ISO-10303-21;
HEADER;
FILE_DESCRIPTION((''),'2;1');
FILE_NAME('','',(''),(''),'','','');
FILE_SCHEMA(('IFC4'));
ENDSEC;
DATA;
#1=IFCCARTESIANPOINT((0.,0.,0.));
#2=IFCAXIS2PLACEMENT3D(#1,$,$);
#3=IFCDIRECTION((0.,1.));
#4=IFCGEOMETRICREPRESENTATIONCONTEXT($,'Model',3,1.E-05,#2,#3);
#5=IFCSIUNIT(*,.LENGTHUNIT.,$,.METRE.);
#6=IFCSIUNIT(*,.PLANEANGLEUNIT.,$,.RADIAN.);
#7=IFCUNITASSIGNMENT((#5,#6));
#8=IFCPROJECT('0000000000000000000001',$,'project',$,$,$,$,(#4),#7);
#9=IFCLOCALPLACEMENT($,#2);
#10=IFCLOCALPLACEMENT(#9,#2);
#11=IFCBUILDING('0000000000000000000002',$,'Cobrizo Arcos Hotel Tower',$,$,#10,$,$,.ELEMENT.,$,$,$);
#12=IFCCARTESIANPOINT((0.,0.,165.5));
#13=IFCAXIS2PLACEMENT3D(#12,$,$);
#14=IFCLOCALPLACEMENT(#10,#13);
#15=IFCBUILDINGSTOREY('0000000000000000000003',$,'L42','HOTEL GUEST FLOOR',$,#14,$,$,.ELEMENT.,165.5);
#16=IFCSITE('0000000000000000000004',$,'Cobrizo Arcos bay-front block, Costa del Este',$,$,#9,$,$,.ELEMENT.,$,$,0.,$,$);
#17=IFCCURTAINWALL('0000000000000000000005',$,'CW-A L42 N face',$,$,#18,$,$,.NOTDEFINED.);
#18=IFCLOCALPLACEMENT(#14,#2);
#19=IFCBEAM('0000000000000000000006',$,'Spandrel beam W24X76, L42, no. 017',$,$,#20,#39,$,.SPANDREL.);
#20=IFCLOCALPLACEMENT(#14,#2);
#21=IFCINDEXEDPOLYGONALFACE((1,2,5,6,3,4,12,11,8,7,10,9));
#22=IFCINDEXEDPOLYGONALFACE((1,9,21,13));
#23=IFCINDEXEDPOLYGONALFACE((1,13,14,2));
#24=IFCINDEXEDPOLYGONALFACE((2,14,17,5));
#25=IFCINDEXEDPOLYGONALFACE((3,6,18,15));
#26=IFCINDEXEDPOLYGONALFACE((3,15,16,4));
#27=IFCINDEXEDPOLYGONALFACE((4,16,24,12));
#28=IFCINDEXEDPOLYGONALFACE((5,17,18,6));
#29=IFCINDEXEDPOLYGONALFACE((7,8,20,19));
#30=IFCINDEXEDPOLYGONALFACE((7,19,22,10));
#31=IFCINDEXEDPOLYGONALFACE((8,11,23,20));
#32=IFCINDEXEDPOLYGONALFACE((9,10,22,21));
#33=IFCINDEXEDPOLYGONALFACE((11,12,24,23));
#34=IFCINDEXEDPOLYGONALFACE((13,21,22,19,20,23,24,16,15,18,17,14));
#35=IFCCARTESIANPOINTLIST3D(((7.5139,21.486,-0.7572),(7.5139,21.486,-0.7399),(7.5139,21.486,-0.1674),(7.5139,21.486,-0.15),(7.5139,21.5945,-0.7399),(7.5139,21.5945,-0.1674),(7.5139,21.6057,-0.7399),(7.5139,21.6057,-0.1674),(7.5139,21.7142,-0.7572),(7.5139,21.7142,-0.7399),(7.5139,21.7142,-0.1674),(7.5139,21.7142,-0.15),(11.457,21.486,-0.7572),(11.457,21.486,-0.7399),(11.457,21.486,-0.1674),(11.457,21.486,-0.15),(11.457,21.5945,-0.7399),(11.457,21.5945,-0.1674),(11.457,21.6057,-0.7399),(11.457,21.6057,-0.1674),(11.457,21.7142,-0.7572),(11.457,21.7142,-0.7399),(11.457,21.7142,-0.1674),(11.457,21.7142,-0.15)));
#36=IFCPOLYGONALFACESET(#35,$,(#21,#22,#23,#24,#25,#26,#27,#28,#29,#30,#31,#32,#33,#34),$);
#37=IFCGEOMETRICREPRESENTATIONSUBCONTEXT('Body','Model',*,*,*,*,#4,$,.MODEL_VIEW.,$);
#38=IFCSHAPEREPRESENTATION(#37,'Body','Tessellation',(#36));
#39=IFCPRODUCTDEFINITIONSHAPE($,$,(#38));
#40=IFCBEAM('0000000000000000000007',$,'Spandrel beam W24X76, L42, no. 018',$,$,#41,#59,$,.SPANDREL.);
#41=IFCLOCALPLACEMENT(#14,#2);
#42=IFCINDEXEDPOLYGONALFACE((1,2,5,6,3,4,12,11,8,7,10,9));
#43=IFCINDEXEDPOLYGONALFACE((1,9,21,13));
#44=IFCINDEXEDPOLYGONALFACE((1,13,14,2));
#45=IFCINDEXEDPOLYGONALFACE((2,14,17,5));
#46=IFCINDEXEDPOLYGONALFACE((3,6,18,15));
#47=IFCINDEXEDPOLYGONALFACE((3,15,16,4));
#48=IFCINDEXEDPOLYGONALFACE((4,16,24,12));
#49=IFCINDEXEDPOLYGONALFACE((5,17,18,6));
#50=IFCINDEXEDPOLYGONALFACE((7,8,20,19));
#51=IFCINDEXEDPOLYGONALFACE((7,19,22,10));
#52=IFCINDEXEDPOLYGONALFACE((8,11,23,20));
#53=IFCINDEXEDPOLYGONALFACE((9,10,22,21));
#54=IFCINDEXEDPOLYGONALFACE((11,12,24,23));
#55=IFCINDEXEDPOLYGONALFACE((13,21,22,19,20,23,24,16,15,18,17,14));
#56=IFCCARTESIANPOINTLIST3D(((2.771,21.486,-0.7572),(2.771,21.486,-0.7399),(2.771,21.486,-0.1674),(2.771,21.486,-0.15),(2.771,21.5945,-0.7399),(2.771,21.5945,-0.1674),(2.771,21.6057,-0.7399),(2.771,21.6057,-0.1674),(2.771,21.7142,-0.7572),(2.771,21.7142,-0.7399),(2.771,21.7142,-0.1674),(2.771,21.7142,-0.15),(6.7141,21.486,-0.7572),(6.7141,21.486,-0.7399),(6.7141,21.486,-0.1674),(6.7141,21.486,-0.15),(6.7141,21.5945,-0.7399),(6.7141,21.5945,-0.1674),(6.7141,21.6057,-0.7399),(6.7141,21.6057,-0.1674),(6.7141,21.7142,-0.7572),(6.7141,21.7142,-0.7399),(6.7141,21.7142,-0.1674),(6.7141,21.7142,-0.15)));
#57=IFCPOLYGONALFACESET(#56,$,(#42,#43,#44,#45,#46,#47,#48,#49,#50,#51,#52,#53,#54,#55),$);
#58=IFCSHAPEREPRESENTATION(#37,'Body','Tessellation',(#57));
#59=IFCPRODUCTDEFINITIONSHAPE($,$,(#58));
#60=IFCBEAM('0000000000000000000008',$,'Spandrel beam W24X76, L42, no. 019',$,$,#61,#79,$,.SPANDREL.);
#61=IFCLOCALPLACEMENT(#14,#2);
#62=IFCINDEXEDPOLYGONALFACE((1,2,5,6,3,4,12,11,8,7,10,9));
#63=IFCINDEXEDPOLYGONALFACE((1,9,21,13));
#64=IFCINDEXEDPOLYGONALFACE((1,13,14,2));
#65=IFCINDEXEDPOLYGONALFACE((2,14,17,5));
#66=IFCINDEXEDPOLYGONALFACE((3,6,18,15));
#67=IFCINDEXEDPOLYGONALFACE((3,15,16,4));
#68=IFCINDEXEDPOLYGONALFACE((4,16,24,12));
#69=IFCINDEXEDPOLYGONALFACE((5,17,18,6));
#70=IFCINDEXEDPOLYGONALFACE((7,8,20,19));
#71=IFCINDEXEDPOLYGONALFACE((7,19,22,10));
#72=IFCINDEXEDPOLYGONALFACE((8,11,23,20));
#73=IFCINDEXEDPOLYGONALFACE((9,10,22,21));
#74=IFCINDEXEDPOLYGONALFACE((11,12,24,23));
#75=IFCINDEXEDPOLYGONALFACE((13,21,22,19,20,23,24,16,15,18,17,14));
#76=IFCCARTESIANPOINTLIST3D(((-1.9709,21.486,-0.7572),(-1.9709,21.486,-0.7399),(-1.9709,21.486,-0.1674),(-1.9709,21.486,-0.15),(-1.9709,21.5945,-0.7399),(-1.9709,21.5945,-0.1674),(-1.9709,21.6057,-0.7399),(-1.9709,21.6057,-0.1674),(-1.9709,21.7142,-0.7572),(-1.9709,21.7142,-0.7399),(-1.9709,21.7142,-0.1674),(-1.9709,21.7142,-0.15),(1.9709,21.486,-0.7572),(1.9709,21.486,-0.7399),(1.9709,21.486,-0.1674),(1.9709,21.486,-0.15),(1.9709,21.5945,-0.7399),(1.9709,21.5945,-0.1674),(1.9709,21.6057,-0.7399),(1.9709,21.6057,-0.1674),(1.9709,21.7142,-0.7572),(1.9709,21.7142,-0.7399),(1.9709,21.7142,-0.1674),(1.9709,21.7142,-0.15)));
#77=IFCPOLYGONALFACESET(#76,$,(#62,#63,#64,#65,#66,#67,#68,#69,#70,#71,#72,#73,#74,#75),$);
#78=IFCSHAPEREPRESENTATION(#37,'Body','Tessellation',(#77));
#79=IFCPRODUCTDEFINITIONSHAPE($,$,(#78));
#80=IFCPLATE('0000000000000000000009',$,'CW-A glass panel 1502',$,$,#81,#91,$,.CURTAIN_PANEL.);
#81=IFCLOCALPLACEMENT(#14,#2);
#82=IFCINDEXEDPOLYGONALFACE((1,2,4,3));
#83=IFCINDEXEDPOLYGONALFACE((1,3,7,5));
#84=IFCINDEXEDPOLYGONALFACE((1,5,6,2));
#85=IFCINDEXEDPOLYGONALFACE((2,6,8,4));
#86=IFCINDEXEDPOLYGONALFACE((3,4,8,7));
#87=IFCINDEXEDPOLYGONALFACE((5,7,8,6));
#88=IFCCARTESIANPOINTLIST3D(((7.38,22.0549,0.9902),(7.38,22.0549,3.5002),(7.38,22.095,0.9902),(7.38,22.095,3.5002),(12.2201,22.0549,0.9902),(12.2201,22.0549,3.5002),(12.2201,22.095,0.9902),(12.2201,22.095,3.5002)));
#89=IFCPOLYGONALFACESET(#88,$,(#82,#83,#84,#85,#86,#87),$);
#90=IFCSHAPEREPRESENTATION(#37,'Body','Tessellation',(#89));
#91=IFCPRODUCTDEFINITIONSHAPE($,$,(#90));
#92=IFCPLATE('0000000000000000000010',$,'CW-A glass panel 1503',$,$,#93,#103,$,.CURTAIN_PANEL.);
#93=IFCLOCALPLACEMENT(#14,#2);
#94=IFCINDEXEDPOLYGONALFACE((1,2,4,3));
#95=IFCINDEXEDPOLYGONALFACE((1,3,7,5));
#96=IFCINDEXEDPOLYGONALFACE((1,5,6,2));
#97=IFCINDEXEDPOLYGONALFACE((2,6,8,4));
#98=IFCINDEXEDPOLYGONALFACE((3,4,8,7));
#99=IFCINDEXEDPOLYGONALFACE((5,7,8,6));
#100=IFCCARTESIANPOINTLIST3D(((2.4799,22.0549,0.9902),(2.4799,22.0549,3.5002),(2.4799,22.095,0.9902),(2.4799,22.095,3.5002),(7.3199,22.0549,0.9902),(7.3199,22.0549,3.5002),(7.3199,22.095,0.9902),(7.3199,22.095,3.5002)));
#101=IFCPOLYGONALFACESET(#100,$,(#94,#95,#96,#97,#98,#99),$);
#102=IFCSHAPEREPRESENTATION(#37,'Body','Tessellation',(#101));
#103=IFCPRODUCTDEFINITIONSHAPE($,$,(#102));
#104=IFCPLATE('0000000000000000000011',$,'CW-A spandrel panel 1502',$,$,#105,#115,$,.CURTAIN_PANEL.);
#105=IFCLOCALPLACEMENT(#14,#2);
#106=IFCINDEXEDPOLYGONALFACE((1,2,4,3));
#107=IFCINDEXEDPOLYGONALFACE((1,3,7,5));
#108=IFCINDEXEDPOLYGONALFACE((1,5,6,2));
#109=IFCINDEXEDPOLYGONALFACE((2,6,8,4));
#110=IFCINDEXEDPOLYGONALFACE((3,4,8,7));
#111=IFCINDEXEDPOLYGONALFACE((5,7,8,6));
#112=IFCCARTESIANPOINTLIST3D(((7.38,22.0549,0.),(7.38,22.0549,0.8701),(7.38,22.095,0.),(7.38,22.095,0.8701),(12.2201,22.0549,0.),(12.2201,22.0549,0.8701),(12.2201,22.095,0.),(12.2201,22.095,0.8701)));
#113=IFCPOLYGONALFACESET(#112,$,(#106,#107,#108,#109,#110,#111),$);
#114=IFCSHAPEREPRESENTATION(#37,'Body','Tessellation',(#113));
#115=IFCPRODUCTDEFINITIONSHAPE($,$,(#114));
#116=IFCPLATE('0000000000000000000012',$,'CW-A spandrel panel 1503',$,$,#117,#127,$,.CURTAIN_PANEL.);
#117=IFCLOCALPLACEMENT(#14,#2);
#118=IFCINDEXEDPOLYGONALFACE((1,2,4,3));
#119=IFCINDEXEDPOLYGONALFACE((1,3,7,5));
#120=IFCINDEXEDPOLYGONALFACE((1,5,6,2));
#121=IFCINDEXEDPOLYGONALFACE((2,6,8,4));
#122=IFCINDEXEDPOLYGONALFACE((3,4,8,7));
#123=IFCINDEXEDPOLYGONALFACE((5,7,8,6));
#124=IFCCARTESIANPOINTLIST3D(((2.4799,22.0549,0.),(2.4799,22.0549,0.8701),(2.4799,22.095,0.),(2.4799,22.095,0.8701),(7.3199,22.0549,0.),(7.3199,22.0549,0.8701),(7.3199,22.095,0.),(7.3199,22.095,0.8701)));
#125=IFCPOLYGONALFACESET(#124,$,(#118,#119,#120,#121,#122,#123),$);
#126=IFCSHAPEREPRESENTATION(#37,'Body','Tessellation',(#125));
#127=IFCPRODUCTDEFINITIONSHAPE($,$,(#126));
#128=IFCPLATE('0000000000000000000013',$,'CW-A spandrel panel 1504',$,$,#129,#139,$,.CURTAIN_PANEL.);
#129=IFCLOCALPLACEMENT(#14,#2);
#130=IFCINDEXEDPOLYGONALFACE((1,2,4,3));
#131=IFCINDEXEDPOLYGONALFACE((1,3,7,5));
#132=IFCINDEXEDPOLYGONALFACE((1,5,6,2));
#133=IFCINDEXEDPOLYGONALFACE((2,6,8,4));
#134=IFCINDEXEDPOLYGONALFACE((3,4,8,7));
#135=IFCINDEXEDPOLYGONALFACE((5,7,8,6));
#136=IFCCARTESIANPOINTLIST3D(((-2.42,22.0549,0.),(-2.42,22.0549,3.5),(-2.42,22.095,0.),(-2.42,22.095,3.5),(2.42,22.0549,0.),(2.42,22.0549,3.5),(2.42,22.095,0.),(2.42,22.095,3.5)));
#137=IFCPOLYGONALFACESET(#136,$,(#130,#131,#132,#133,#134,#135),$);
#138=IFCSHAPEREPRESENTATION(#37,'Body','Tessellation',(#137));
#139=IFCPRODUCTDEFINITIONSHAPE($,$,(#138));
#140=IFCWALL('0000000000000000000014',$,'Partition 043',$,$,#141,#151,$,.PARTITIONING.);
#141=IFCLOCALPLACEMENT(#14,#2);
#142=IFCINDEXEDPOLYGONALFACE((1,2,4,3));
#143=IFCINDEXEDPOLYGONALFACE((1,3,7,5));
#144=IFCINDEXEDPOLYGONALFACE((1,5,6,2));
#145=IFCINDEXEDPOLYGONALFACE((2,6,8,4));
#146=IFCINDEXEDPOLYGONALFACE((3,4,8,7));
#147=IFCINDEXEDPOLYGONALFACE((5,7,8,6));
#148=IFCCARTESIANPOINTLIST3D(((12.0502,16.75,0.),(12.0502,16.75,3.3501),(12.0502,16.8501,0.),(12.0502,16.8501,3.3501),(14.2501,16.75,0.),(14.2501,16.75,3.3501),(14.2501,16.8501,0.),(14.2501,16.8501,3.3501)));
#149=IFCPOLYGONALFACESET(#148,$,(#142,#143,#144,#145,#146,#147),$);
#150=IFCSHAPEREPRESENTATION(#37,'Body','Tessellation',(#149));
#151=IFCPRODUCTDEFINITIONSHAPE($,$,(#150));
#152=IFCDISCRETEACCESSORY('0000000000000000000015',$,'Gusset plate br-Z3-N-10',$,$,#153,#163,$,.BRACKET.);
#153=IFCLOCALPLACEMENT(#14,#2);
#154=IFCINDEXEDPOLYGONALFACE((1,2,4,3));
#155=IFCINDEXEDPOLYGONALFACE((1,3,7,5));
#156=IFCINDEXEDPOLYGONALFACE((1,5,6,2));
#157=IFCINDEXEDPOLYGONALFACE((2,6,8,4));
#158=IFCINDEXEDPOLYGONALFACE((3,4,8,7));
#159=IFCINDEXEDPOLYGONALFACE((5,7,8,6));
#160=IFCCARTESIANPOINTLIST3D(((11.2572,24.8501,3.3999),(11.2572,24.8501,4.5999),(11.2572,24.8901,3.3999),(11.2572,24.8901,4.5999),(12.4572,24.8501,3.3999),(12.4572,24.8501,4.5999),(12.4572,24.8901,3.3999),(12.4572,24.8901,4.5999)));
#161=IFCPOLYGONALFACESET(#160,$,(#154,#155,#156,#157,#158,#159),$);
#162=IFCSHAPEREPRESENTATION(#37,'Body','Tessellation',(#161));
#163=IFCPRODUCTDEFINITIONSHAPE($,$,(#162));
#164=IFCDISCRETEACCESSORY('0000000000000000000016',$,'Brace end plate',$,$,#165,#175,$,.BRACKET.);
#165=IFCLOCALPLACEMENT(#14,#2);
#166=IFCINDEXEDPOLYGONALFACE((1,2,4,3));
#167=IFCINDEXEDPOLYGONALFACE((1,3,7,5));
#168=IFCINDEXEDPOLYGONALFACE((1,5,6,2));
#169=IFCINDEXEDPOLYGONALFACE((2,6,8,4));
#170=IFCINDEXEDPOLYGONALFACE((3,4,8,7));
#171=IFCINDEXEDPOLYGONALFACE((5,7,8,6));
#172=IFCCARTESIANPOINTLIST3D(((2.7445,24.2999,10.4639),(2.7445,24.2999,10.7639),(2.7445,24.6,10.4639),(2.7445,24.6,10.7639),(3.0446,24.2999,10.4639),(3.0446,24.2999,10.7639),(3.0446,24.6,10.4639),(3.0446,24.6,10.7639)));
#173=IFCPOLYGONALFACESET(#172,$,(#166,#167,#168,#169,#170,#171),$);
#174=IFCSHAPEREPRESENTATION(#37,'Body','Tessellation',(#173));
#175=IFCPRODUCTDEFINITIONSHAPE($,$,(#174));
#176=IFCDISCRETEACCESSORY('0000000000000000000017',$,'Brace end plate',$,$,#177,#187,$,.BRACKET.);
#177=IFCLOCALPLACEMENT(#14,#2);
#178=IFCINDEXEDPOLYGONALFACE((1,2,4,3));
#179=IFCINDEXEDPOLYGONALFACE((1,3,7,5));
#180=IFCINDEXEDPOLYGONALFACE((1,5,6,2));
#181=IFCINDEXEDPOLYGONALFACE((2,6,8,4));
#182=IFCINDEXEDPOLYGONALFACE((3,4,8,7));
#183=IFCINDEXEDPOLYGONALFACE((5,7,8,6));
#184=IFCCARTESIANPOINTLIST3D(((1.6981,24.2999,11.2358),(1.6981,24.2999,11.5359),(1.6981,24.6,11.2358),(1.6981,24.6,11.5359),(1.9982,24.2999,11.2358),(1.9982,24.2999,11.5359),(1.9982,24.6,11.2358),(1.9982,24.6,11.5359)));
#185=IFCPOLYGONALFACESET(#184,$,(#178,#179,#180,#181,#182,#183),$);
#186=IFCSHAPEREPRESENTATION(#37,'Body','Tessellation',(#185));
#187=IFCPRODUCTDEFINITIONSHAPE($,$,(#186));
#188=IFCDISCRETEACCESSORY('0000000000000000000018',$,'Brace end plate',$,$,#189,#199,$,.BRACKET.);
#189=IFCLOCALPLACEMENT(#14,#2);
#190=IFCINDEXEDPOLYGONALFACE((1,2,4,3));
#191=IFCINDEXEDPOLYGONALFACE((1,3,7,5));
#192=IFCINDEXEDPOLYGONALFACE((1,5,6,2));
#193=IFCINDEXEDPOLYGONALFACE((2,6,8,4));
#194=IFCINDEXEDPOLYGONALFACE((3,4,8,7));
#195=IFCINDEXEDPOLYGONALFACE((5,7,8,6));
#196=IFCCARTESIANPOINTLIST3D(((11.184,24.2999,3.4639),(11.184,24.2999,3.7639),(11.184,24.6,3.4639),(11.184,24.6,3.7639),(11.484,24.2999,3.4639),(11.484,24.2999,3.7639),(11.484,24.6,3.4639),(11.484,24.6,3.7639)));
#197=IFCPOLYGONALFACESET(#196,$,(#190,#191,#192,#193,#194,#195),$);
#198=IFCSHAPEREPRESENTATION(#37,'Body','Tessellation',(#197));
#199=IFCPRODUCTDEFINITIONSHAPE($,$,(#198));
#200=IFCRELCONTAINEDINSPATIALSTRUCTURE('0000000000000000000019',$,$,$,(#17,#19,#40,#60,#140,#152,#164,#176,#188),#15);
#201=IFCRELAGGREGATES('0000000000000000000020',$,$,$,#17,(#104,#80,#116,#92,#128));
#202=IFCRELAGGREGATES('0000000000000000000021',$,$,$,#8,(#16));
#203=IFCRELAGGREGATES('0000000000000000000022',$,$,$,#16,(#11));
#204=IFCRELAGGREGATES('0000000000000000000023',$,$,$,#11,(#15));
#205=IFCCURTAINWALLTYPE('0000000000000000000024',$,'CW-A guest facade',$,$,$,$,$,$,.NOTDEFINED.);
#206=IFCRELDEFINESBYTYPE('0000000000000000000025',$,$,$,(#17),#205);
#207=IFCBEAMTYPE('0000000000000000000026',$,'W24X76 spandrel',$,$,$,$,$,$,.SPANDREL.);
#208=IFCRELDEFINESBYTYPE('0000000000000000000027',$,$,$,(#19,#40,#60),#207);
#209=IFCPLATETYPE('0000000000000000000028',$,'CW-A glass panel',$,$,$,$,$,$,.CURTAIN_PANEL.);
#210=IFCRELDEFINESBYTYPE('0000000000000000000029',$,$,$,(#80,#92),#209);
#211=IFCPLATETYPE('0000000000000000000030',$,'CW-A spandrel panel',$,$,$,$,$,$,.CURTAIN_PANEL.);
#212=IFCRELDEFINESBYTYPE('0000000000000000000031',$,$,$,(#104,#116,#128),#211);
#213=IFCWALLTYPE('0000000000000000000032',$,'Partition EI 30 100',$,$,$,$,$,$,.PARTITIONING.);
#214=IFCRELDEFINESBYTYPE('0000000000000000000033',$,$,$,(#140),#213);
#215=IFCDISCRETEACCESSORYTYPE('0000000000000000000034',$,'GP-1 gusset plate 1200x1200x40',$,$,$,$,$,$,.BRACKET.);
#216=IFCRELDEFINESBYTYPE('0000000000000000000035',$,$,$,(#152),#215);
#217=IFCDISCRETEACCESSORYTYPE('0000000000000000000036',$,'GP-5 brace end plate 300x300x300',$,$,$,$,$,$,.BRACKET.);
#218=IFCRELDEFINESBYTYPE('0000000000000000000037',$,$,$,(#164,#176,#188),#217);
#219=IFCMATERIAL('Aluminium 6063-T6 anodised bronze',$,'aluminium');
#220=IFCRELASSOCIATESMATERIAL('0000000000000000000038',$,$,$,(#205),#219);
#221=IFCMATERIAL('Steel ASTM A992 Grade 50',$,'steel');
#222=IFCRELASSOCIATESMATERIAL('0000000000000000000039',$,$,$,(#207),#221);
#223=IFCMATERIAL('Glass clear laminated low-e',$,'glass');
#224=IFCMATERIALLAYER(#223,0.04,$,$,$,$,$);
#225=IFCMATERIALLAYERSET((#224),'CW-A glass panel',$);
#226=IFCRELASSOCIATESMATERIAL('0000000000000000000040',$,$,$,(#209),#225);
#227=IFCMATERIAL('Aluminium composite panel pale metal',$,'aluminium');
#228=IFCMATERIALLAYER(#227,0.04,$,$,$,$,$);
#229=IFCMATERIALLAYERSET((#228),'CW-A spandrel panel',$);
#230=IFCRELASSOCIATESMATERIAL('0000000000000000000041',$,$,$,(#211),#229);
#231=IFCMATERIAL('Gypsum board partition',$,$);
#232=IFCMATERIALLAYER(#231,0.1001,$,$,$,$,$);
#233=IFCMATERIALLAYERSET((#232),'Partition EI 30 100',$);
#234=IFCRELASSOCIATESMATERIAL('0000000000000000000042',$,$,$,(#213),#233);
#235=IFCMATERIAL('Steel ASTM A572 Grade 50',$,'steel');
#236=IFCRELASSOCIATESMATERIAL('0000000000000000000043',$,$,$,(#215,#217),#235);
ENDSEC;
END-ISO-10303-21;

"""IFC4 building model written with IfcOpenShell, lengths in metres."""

from ifc_helpers import new_model, si_unit, direction, frame, frame_2d, origin, origin_2d, place, context, subcontext, project, spatial, rectangle, i_section, extrude, material, layer, layer_set, material_profile, profile_set, type_object, element, aggregate, save


model = new_model("IFC4")

# Units and contexts
model_context = context("Model", 3, precision=1e-05, world=origin(), true_north=direction((0.0, 1.0)))
body_context = subcontext(model_context, "Body", "Model", "MODEL_VIEW")
ifc_project = project(units=[si_unit("LENGTHUNIT", "METRE"), si_unit("PLANEANGLEUNIT", "RADIAN")], contexts=[model_context])

# Site, building, storey
site_placement = place(None, origin())
site = spatial("IfcSite", under=ifc_project, at=site_placement, Name="Cobrizo Arcos bay-front block, Costa del Este", CompositionType="ELEMENT", RefElevation=0.0)
building_placement = place(site_placement, origin())
building = spatial("IfcBuilding", under=site, at=building_placement, Name="Cobrizo Arcos Hotel Tower", CompositionType="ELEMENT")
storey_placement = place(building_placement, frame((0.0, 0.0, 165.5)))
storey = spatial("IfcBuildingStorey", under=building, at=storey_placement, Name="L42", Description="HOTEL GUEST FLOOR", CompositionType="ELEMENT", Elevation=165.5)

# Shared definitions
ifc_material_1 = material(Name="Steel ASTM A572 Grade 50", Category="steel")

# Curtain wall
ifc_material_2 = material(Name="Aluminium 6063-T6 anodised bronze", Category="aluminium")
curtain_wall_type = type_object("IfcCurtainWallType", Name="CW-A guest facade", PredefinedType="NOTDEFINED", material=ifc_material_2)
curtain_wall_placement = place(storey_placement, origin())
curtain_wall = element("IfcCurtainWall", 1, at=curtain_wall_placement, inside=storey, type_object=curtain_wall_type, Name="CW-A L42 N face", PredefinedType="NOTDEFINED")

# Beams
ifc_material_3 = material(Name="Steel ASTM A992 Grade 50", Category="steel")
ifc_material_profile_1 = material_profile(ifc_material_3, i_section(OverallWidth=0.2283, OverallDepth=0.6072, WebThickness=0.0112, FlangeThickness=0.0173, at=origin_2d()), Name="W24X76")
ifc_profile_set_1 = profile_set([ifc_material_profile_1], Name="Steel ASTM A992 Grade 50")
beam_type_1 = type_object("IfcBeamType", Name="W24X76 spandrel", PredefinedType="SPANDREL", material=ifc_profile_set_1)
for number, where, z_axis, x_axis, name in (
    (2, (11.457, 21.6001, -0.4536), (-1.0, 0.0, 0.0), (0.0, -1.0, 0.0), "Spandrel beam W24X76, L42, no. 017"),
    (3, (6.7141, 21.6001, -0.4536), (-1.0, 0.0, 0.0), (0.0, -1.0, 0.0), "Spandrel beam W24X76, L42, no. 018"),
):
    element("IfcBeam", number, at=place(storey_placement, frame(where, z_axis=z_axis, x_axis=x_axis)), inside=storey, type_object=beam_type_1, Name=name, PredefinedType="SPANDREL", context=body_context, shape_type="SweptSolid", body=[
        extrude(i_section(OverallWidth=0.2283, OverallDepth=0.6072, WebThickness=0.0112, FlangeThickness=0.0173, at=origin_2d()), origin(), (0.0, 0.0, 1.0), 3.9431),
    ])
beam_1_placement = place(storey_placement, frame((1.9709, 21.6001, -0.4536), z_axis=(-1.0, 0.0, 0.0), x_axis=(0.0, -1.0, 0.0)))
element("IfcBeam", 4, at=beam_1_placement, inside=storey, type_object=beam_type_1, Name="Spandrel beam W24X76, L42, no. 019", PredefinedType="SPANDREL", context=body_context, shape_type="SweptSolid", body=[
    extrude(i_section(OverallWidth=0.2283, OverallDepth=0.6072, WebThickness=0.0112, FlangeThickness=0.0173, at=origin_2d()), origin(), (0.0, 0.0, 1.0), 3.9419),
])

# Plates
ifc_material_4 = material(Name="Glass clear laminated low-e", Category="glass")
ifc_layer_1 = layer(ifc_material_4, 0.04)
ifc_layer_set_1 = layer_set([ifc_layer_1], Name="CW-A glass panel")
plate_type_1 = type_object("IfcPlateType", Name="CW-A glass panel", PredefinedType="CURTAIN_PANEL", material=ifc_layer_set_1)
plate_1_placement = place(storey_placement, frame((9.8, 22.075, 0.9902), z_axis=(0.0, 0.0, 1.0), x_axis=(-1.0, 0.0, 0.0)))
plate_1 = element("IfcPlate", 5, at=plate_1_placement, type_object=plate_type_1, Name="CW-A glass panel 1502", PredefinedType="CURTAIN_PANEL", context=body_context, shape_type="SweptSolid", body=[
    extrude(rectangle(XDim=4.8401, YDim=0.04, at=origin_2d()), origin(), (0.0, 0.0, 1.0), 2.51),
])
plate_2_placement = place(storey_placement, frame((4.8999, 22.075, 0.9902), z_axis=(0.0, 0.0, 1.0), x_axis=(-1.0, 0.0, 0.0)))
plate_2 = element("IfcPlate", 6, at=plate_2_placement, type_object=plate_type_1, Name="CW-A glass panel 1503", PredefinedType="CURTAIN_PANEL", context=body_context, shape_type="SweptSolid", body=[
    extrude(rectangle(XDim=4.8401, YDim=0.04, at=origin_2d()), origin(), (0.0, 0.0, 1.0), 2.51),
])
ifc_material_5 = material(Name="Aluminium composite panel pale metal", Category="aluminium")
ifc_layer_2 = layer(ifc_material_5, 0.04)
ifc_layer_set_2 = layer_set([ifc_layer_2], Name="CW-A spandrel panel")
plate_type_2 = type_object("IfcPlateType", Name="CW-A spandrel panel", PredefinedType="CURTAIN_PANEL", material=ifc_layer_set_2)
plate_3_placement = place(storey_placement, frame((9.8, 22.075, 0.0), z_axis=(0.0, 0.0, 1.0), x_axis=(-1.0, 0.0, 0.0)))
plate_3 = element("IfcPlate", 7, at=plate_3_placement, type_object=plate_type_2, Name="CW-A spandrel panel 1502", PredefinedType="CURTAIN_PANEL", context=body_context, shape_type="SweptSolid", body=[
    extrude(rectangle(XDim=4.8401, YDim=0.04, at=origin_2d()), origin(), (0.0, 0.0, 1.0), 0.8701),
])
plate_4_placement = place(storey_placement, frame((4.8999, 22.075, 0.0), z_axis=(0.0, 0.0, 1.0), x_axis=(-1.0, 0.0, 0.0)))
plate_4 = element("IfcPlate", 8, at=plate_4_placement, type_object=plate_type_2, Name="CW-A spandrel panel 1503", PredefinedType="CURTAIN_PANEL", context=body_context, shape_type="SweptSolid", body=[
    extrude(rectangle(XDim=4.8401, YDim=0.04, at=origin_2d()), origin(), (0.0, 0.0, 1.0), 0.8701),
])
plate_5_placement = place(storey_placement, frame((0.0, 22.075, 0.0), z_axis=(0.0, 0.0, 1.0), x_axis=(-1.0, 0.0, 0.0)))
plate_5 = element("IfcPlate", 9, at=plate_5_placement, type_object=plate_type_2, Name="CW-A spandrel panel 1504", PredefinedType="CURTAIN_PANEL", context=body_context, shape_type="SweptSolid", body=[
    extrude(rectangle(XDim=4.8401, YDim=0.04, at=origin_2d()), origin(), (0.0, 0.0, 1.0), 3.5),
])
aggregate(curtain_wall, [plate_3, plate_1, plate_4, plate_2, plate_5])

# Wall
ifc_material_6 = material(Name="Gypsum board partition")
ifc_layer_3 = layer(ifc_material_6, 0.1001)
ifc_layer_set_3 = layer_set([ifc_layer_3], Name="Partition EI 30 100")
wall_type = type_object("IfcWallType", Name="Partition EI 30 100", PredefinedType="PARTITIONING", material=ifc_layer_set_3)
wall_placement = place(storey_placement, frame((12.05, 16.8, 0.0), z_axis=(0.0, 0.0, 1.0), x_axis=(1.0, 0.0, 0.0)))
element("IfcWall", 10, at=wall_placement, inside=storey, type_object=wall_type, Name="Partition 043", PredefinedType="PARTITIONING", context=body_context, shape_type="SweptSolid", body=[
    extrude(rectangle(XDim=2.2, YDim=0.1001, at=frame_2d((1.1001, 0.0))), origin(), (0.0, 0.0, 1.0), 3.3501),
])

# Discrete accessories
discrete_accessory_type_1 = type_object("IfcDiscreteAccessoryType", Name="GP-1 gusset plate 1200x1200x40", PredefinedType="BRACKET", material=ifc_material_1)
discrete_accessory_placement = place(storey_placement, frame((11.8572, 24.8701, 3.3999), z_axis=(0.0, 0.0, 1.0), x_axis=(1.0, 0.0, 0.0)))
element("IfcDiscreteAccessory", 11, at=discrete_accessory_placement, inside=storey, type_object=discrete_accessory_type_1, Name="Gusset plate br-Z3-N-10", PredefinedType="BRACKET", context=body_context, shape_type="SweptSolid", body=[
    extrude(rectangle(XDim=1.2, YDim=0.04, at=origin_2d()), origin(), (0.0, 0.0, 1.0), 1.2),
])
discrete_accessory_type_2 = type_object("IfcDiscreteAccessoryType", Name="GP-5 brace end plate 300x300x300", PredefinedType="BRACKET", material=ifc_material_1)
for number, where, z_axis, x_axis, name in (
    (12, (2.8945, 24.45, 10.4639), (0.0, 0.0, 1.0), (1.0, 0.0, 0.0), "Brace end plate"),
    (13, (1.8481, 24.45, 11.2358), (0.0, 0.0, 1.0), (1.0, 0.0, 0.0), "Brace end plate"),
    (14, (11.334, 24.45, 3.4639), (0.0, 0.0, 1.0), (1.0, 0.0, 0.0), "Brace end plate"),
):
    element("IfcDiscreteAccessory", number, at=place(storey_placement, frame(where, z_axis=z_axis, x_axis=x_axis)), inside=storey, type_object=discrete_accessory_type_2, Name=name, PredefinedType="BRACKET", context=body_context, shape_type="SweptSolid", body=[
        extrude(rectangle(XDim=0.3, YDim=0.3, at=origin_2d()), origin(), (0.0, 0.0, 1.0), 0.3),
    ])

save(model, "model.ifc")
